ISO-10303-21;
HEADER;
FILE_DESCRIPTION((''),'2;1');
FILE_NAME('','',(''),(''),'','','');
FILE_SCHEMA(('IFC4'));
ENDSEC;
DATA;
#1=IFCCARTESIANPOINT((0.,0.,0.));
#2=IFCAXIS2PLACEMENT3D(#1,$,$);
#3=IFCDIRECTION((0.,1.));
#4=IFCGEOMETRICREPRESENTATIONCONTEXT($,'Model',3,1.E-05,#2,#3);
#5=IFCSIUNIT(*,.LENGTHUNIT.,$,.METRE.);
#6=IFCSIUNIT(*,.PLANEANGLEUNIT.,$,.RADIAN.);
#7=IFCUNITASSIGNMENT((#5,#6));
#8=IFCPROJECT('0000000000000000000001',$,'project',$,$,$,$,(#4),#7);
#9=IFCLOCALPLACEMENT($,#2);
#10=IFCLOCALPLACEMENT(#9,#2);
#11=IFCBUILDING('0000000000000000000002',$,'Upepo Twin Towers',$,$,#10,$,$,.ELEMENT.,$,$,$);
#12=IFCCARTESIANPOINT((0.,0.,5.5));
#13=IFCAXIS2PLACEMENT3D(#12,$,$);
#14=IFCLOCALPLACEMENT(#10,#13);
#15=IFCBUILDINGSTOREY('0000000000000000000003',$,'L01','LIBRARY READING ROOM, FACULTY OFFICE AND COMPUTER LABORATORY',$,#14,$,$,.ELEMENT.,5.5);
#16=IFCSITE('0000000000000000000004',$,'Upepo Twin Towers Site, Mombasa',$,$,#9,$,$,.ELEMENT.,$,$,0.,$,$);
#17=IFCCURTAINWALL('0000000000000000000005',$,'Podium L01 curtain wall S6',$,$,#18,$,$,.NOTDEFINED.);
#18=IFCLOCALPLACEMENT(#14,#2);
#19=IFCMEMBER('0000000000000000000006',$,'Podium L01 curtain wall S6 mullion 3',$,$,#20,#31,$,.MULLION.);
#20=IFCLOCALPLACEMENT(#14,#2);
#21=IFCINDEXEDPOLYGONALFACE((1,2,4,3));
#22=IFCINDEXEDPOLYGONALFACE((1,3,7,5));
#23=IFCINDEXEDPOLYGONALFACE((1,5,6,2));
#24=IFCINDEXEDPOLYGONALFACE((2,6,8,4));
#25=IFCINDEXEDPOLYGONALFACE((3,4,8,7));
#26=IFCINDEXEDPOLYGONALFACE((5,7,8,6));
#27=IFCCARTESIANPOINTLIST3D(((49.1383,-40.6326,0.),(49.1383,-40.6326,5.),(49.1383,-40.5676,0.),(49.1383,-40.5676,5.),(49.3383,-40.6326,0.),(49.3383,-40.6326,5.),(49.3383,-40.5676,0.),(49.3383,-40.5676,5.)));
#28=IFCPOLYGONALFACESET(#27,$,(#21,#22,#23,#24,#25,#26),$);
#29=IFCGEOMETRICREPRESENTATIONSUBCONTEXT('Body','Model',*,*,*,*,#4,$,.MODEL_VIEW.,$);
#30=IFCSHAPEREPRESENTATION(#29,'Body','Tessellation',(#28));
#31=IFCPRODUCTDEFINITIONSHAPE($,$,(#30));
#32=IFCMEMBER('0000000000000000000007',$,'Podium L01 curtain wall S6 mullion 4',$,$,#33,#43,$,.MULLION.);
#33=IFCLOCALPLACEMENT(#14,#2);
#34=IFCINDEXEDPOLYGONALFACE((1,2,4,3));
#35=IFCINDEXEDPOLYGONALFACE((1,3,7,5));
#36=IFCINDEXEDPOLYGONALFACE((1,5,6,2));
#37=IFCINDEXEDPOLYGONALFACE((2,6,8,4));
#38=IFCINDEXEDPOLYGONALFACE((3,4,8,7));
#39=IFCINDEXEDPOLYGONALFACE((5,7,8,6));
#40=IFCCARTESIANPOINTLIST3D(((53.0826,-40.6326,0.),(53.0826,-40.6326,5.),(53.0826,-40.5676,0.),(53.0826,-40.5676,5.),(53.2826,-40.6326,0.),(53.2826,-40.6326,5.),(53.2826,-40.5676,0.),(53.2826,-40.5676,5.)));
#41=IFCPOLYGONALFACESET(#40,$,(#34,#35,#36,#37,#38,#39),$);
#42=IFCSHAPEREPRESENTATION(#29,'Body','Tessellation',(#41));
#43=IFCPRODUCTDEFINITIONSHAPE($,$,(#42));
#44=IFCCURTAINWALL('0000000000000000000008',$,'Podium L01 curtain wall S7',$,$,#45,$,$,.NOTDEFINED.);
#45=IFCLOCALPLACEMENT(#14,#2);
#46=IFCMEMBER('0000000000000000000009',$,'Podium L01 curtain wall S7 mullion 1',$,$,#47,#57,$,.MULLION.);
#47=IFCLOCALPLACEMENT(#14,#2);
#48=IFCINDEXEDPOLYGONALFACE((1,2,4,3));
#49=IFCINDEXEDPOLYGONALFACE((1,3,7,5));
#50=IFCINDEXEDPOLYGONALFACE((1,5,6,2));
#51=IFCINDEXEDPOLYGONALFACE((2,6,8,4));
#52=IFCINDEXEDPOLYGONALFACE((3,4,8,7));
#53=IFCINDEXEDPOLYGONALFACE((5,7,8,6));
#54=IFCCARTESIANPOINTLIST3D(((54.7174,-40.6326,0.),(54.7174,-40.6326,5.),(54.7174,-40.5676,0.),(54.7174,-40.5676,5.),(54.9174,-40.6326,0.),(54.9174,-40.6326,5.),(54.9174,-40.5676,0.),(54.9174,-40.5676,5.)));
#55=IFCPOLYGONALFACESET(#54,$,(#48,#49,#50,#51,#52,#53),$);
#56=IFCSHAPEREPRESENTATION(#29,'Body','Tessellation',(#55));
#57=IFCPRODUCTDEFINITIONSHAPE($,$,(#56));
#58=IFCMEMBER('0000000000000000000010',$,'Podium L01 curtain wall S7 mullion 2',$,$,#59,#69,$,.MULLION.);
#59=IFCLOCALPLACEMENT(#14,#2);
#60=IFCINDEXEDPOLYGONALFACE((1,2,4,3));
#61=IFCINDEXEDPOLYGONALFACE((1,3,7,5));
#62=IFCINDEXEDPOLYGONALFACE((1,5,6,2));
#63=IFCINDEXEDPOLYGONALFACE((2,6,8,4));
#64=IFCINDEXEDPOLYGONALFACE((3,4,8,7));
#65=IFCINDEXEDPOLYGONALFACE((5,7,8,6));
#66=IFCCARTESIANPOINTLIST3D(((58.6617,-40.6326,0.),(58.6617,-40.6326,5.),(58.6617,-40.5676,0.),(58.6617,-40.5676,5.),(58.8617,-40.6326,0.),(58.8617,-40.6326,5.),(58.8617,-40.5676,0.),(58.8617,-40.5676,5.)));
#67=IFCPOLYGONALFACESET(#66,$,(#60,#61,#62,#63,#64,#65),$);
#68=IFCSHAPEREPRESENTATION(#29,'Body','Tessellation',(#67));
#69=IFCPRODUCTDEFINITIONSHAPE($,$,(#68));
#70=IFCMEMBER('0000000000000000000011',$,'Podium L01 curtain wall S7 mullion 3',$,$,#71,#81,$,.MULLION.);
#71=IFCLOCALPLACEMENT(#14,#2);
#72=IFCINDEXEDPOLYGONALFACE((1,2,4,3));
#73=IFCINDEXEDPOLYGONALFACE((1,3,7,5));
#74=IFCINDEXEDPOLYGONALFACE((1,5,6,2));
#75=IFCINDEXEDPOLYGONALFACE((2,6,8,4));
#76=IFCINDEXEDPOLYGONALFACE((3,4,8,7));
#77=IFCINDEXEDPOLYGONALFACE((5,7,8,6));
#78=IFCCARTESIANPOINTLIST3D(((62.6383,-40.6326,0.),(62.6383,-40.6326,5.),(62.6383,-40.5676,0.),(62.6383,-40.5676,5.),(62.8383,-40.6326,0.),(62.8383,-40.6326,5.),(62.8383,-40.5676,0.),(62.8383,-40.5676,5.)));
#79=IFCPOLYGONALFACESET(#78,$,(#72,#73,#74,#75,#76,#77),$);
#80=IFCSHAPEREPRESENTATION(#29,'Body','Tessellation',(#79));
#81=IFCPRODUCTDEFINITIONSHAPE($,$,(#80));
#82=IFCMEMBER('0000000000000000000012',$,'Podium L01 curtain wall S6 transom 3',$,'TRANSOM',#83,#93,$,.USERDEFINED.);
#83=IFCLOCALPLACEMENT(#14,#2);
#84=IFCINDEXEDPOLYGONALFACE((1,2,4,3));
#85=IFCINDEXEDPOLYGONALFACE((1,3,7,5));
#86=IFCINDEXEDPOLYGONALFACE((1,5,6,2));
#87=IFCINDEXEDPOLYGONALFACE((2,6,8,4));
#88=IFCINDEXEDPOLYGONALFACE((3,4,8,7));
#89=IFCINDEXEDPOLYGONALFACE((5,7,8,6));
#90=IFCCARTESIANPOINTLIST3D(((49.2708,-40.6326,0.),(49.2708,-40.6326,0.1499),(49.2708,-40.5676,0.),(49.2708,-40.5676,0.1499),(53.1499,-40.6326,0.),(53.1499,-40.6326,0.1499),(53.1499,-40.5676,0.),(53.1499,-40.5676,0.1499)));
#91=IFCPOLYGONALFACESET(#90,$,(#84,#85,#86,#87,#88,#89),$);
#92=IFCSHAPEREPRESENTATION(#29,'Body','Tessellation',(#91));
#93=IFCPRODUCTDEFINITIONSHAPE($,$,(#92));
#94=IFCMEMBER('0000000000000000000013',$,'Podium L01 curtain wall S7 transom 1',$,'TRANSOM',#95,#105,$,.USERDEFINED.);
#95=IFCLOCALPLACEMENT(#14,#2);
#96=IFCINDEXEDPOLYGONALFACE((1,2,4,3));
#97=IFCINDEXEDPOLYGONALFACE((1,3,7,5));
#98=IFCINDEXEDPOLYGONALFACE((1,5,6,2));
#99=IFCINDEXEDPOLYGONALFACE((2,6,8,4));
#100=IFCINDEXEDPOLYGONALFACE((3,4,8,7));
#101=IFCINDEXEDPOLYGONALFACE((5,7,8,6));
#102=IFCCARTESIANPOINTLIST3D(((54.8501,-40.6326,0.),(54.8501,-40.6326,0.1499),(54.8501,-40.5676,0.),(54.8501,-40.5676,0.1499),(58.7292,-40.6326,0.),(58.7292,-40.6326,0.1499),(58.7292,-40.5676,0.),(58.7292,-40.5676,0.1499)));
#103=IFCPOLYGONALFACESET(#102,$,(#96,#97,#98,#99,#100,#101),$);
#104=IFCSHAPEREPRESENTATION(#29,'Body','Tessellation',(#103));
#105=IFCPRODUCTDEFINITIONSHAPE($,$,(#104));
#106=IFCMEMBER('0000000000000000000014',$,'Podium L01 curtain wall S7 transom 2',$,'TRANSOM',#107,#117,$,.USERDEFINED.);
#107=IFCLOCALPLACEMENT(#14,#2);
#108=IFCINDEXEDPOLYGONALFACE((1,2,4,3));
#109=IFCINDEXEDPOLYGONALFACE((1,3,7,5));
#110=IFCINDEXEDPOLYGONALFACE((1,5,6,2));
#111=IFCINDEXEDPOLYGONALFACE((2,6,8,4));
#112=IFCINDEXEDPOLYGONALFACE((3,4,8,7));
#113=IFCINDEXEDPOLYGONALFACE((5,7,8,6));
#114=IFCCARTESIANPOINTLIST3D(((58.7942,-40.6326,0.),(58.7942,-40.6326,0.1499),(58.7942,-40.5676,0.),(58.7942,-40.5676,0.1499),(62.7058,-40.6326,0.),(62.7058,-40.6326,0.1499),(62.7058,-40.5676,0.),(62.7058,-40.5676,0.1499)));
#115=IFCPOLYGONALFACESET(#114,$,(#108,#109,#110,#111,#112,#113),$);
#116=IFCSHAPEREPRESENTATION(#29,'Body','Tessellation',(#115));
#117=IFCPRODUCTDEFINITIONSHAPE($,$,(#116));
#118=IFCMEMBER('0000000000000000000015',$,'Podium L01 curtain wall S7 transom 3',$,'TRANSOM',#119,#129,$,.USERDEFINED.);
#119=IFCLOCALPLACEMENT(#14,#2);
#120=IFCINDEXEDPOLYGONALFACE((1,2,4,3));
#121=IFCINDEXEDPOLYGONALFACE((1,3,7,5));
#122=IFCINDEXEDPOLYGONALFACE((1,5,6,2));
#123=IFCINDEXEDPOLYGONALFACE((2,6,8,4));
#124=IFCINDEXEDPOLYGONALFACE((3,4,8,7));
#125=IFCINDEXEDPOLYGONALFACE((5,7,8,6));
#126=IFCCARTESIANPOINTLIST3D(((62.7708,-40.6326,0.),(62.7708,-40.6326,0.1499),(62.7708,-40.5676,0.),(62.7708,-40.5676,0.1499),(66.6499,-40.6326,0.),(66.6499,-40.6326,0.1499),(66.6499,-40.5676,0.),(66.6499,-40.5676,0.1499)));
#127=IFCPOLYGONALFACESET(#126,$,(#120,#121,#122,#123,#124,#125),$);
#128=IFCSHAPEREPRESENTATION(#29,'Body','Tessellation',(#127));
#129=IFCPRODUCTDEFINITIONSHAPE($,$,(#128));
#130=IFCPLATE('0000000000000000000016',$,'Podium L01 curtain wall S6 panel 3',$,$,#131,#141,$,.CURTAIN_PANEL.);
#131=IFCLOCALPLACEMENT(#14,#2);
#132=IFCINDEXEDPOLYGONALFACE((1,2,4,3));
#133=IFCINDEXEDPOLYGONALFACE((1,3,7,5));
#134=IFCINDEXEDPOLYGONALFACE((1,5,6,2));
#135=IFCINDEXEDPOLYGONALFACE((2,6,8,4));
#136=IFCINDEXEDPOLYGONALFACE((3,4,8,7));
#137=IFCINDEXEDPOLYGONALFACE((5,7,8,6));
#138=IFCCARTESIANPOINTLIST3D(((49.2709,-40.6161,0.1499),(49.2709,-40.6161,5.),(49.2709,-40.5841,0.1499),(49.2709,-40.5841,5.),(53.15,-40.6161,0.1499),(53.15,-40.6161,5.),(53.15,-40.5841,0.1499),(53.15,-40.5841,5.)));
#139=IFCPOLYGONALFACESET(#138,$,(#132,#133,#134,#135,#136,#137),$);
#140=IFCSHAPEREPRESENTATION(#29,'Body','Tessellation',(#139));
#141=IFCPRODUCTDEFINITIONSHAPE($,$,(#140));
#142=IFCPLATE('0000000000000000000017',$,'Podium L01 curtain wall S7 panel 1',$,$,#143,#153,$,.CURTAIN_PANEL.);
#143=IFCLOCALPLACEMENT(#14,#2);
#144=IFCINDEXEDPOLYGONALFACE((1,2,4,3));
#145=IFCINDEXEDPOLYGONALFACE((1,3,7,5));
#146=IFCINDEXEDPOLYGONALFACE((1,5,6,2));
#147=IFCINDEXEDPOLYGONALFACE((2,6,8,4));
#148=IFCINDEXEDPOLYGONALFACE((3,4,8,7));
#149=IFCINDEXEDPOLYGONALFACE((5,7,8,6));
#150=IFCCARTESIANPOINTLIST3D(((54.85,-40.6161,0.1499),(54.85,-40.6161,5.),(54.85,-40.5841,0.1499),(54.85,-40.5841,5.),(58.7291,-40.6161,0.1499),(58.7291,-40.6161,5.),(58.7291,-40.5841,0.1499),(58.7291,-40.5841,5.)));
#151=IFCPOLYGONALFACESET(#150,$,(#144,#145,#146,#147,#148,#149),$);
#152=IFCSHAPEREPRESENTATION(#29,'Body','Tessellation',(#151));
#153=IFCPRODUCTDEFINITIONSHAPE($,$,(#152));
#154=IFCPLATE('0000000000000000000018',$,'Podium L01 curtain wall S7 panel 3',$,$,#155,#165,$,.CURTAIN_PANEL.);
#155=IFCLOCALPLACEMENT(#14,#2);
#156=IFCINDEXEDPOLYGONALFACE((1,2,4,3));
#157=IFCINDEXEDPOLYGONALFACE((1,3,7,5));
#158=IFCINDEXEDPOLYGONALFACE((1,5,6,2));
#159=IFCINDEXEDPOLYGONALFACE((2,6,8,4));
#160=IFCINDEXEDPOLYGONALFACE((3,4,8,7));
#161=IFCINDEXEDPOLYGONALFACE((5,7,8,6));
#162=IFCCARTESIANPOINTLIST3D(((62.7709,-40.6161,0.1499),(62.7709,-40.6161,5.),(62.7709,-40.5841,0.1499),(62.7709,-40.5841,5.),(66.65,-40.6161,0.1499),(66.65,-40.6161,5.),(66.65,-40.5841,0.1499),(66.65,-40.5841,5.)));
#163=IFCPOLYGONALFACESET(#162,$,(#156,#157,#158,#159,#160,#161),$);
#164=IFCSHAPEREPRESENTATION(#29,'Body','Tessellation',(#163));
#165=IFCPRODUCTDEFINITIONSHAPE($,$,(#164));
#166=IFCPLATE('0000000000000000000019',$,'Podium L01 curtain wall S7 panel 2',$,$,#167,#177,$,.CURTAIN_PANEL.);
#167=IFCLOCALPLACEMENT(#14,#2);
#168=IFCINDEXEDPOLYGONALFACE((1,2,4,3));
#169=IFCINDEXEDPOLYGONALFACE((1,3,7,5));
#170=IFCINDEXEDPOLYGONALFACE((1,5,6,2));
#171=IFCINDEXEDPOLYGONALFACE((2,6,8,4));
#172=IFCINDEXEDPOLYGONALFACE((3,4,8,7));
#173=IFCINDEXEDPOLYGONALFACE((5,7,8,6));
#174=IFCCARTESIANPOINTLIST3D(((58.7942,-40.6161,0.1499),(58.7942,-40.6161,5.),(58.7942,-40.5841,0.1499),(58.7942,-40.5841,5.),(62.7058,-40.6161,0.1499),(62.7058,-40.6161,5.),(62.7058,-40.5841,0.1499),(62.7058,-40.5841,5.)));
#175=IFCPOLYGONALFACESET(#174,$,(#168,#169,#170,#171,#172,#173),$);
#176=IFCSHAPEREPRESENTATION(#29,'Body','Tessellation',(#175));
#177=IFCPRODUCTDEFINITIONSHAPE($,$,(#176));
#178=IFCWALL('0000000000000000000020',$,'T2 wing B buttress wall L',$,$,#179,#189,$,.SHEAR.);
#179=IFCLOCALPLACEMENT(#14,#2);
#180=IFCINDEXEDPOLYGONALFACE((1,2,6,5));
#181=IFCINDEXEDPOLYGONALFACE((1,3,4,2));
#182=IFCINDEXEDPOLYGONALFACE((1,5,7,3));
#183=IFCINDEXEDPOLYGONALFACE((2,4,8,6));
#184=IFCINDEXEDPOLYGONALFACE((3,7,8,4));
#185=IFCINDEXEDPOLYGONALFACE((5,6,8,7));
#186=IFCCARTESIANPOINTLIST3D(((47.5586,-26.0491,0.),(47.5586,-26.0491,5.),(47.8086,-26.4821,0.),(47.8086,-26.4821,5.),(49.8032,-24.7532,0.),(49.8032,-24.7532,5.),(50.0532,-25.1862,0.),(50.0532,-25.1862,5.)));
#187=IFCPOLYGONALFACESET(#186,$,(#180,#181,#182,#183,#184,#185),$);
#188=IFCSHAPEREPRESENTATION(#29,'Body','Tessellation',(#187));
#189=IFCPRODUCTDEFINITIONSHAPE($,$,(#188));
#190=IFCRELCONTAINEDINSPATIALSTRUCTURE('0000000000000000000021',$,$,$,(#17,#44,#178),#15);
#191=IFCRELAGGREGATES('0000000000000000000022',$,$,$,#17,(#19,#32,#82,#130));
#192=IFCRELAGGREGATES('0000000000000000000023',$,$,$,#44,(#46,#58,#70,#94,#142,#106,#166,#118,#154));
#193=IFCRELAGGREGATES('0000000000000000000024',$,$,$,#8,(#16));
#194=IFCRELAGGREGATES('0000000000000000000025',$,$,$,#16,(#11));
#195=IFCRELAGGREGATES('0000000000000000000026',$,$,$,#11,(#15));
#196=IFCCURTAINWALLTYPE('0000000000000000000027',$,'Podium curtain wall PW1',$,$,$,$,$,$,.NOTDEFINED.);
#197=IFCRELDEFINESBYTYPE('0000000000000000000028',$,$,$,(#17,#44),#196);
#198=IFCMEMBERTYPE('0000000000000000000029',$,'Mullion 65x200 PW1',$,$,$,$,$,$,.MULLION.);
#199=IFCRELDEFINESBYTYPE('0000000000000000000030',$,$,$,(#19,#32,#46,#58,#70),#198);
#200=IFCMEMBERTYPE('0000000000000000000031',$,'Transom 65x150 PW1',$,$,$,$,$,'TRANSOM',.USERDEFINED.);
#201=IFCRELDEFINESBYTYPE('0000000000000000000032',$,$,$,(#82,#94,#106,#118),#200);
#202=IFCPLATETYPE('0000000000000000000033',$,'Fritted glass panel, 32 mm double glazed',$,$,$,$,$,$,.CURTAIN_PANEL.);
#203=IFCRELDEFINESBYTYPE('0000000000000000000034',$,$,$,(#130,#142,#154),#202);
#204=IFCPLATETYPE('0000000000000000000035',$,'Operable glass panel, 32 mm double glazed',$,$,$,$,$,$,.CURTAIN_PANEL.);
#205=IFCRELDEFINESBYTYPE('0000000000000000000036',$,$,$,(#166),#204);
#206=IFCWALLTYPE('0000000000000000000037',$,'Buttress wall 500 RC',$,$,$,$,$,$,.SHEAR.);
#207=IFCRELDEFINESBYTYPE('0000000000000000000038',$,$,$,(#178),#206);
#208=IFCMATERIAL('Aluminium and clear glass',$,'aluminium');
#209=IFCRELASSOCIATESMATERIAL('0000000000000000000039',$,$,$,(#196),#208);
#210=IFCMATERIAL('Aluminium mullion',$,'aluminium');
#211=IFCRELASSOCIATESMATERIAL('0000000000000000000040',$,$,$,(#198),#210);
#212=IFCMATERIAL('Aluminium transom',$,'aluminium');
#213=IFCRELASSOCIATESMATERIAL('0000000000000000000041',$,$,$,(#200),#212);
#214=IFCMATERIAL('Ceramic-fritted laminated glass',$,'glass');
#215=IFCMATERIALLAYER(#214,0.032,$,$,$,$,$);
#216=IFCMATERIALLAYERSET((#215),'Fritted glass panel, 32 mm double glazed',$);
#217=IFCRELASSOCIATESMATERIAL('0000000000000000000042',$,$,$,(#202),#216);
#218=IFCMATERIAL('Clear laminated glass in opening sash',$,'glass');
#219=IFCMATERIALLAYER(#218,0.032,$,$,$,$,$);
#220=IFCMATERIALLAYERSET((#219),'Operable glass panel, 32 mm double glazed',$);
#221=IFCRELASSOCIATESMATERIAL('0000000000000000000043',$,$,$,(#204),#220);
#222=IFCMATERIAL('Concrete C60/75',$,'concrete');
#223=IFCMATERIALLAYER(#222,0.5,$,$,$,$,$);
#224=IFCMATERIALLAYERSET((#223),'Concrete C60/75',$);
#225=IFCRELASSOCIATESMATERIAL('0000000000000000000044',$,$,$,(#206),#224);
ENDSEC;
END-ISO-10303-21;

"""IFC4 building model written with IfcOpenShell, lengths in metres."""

from ifc_helpers import new_model, si_unit, direction, frame, frame_2d, origin, origin_2d, place, context, subcontext, project, spatial, rectangle, extrude, material, layer, layer_set, material_profile, profile_set, type_object, element, aggregate, save


model = new_model("IFC4")

# Units and contexts
model_context = context("Model", 3, precision=1e-05, world=origin(), true_north=direction((0.0, 1.0)))
body_context = subcontext(model_context, "Body", "Model", "MODEL_VIEW")
ifc_project = project(units=[si_unit("LENGTHUNIT", "METRE"), si_unit("PLANEANGLEUNIT", "RADIAN")], contexts=[model_context])

# Site, building, storey
site_placement = place(None, origin())
site = spatial("IfcSite", under=ifc_project, at=site_placement, Name="Upepo Twin Towers Site, Mombasa", CompositionType="ELEMENT", RefElevation=0.0)
building_placement = place(site_placement, origin())
building = spatial("IfcBuilding", under=site, at=building_placement, Name="Upepo Twin Towers", CompositionType="ELEMENT")
storey_placement = place(building_placement, frame((0.0, 0.0, 5.5)))
storey = spatial("IfcBuildingStorey", under=building, at=storey_placement, Name="L01", Description="LIBRARY READING ROOM, FACULTY OFFICE AND COMPUTER LABORATORY", CompositionType="ELEMENT", Elevation=5.5)

# Curtain walls, members
ifc_material_1 = material(Name="Aluminium and clear glass", Category="aluminium")
curtain_wall_type = type_object("IfcCurtainWallType", Name="Podium curtain wall PW1", PredefinedType="NOTDEFINED", material=ifc_material_1)
curtain_wall_1_placement = place(storey_placement, origin())
curtain_wall_1 = element("IfcCurtainWall", 1, at=curtain_wall_1_placement, inside=storey, type_object=curtain_wall_type, Name="Podium L01 curtain wall S6", PredefinedType="NOTDEFINED")
ifc_material_2 = material(Name="Aluminium mullion", Category="aluminium")
ifc_material_profile_1 = material_profile(ifc_material_2, rectangle(XDim=0.0649, YDim=0.2, at=origin_2d()), Name="MULLION 65x200 PODIUM")
ifc_profile_set_1 = profile_set([ifc_material_profile_1], Name="Aluminium mullion")
member_type_1 = type_object("IfcMemberType", Name="Mullion 65x200 PW1", PredefinedType="MULLION", material=ifc_profile_set_1)
member_1_placement = place(storey_placement, frame((49.2383, -40.6001, 0.0), z_axis=(0.0, 0.0, 1.0), x_axis=(0.0, 1.0, 0.0)))
member_1 = element("IfcMember", 2, at=member_1_placement, type_object=member_type_1, Name="Podium L01 curtain wall S6 mullion 3", PredefinedType="MULLION", context=body_context, shape_type="SweptSolid", body=[
    extrude(rectangle(XDim=0.0649, YDim=0.2, at=origin_2d()), origin(), (0.0, 0.0, 1.0), 5.0),
])
member_2_placement = place(storey_placement, frame((53.1826, -40.6001, 0.0), z_axis=(0.0, 0.0, 1.0), x_axis=(0.0, 1.0, 0.0)))
member_2 = element("IfcMember", 3, at=member_2_placement, type_object=member_type_1, Name="Podium L01 curtain wall S6 mullion 4", PredefinedType="MULLION", context=body_context, shape_type="SweptSolid", body=[
    extrude(rectangle(XDim=0.0649, YDim=0.2, at=origin_2d()), origin(), (0.0, 0.0, 1.0), 5.0),
])
curtain_wall_2_placement = place(storey_placement, origin())
curtain_wall_2 = element("IfcCurtainWall", 4, at=curtain_wall_2_placement, inside=storey, type_object=curtain_wall_type, Name="Podium L01 curtain wall S7", PredefinedType="NOTDEFINED")
member_3_placement = place(storey_placement, frame((54.8174, -40.6001, 0.0), z_axis=(0.0, 0.0, 1.0), x_axis=(0.0, 1.0, 0.0)))
member_3 = element("IfcMember", 5, at=member_3_placement, type_object=member_type_1, Name="Podium L01 curtain wall S7 mullion 1", PredefinedType="MULLION", context=body_context, shape_type="SweptSolid", body=[
    extrude(rectangle(XDim=0.0649, YDim=0.2, at=origin_2d()), origin(), (0.0, 0.0, 1.0), 5.0),
])
member_4_placement = place(storey_placement, frame((58.7617, -40.6001, 0.0), z_axis=(0.0, 0.0, 1.0), x_axis=(0.0, 1.0, 0.0)))
member_4 = element("IfcMember", 6, at=member_4_placement, type_object=member_type_1, Name="Podium L01 curtain wall S7 mullion 2", PredefinedType="MULLION", context=body_context, shape_type="SweptSolid", body=[
    extrude(rectangle(XDim=0.0649, YDim=0.2, at=origin_2d()), origin(), (0.0, 0.0, 1.0), 5.0),
])
member_5_placement = place(storey_placement, frame((62.7383, -40.6001, 0.0), z_axis=(0.0, 0.0, 1.0), x_axis=(0.0, 1.0, 0.0)))
member_5 = element("IfcMember", 7, at=member_5_placement, type_object=member_type_1, Name="Podium L01 curtain wall S7 mullion 3", PredefinedType="MULLION", context=body_context, shape_type="SweptSolid", body=[
    extrude(rectangle(XDim=0.0649, YDim=0.2, at=origin_2d()), origin(), (0.0, 0.0, 1.0), 5.0),
])

# Members
ifc_material_3 = material(Name="Aluminium transom", Category="aluminium")
ifc_material_profile_2 = material_profile(ifc_material_3, rectangle(XDim=0.0649, YDim=0.1499, at=origin_2d()), Name="TRANSOM 65x150 PODIUM")
ifc_profile_set_2 = profile_set([ifc_material_profile_2], Name="Aluminium transom")
member_type_2 = type_object("IfcMemberType", Name="Transom 65x150 PW1", ElementType="TRANSOM", PredefinedType="USERDEFINED", material=ifc_profile_set_2)
member_6_placement = place(storey_placement, frame((49.2708, -40.6001, 0.075), z_axis=(1.0, 0.0, 0.0), x_axis=(0.0, 1.0, 0.0)))
member_6 = element("IfcMember", 8, at=member_6_placement, type_object=member_type_2, Name="Podium L01 curtain wall S6 transom 3", ObjectType="TRANSOM", PredefinedType="USERDEFINED", context=body_context, shape_type="SweptSolid", body=[
    extrude(rectangle(XDim=0.0649, YDim=0.1499, at=origin_2d()), origin(), (0.0, 0.0, 1.0), 3.8792),
])
member_7_placement = place(storey_placement, frame((54.8501, -40.6001, 0.075), z_axis=(1.0, 0.0, 0.0), x_axis=(0.0, 1.0, 0.0)))
member_7 = element("IfcMember", 9, at=member_7_placement, type_object=member_type_2, Name="Podium L01 curtain wall S7 transom 1", ObjectType="TRANSOM", PredefinedType="USERDEFINED", context=body_context, shape_type="SweptSolid", body=[
    extrude(rectangle(XDim=0.0649, YDim=0.1499, at=origin_2d()), origin(), (0.0, 0.0, 1.0), 3.8792),
])
member_8_placement = place(storey_placement, frame((58.7942, -40.6001, 0.075), z_axis=(1.0, 0.0, 0.0), x_axis=(0.0, 1.0, 0.0)))
member_8 = element("IfcMember", 10, at=member_8_placement, type_object=member_type_2, Name="Podium L01 curtain wall S7 transom 2", ObjectType="TRANSOM", PredefinedType="USERDEFINED", context=body_context, shape_type="SweptSolid", body=[
    extrude(rectangle(XDim=0.0649, YDim=0.1499, at=origin_2d()), origin(), (0.0, 0.0, 1.0), 3.9116),
])
member_9_placement = place(storey_placement, frame((62.7708, -40.6001, 0.075), z_axis=(1.0, 0.0, 0.0), x_axis=(0.0, 1.0, 0.0)))
member_9 = element("IfcMember", 11, at=member_9_placement, type_object=member_type_2, Name="Podium L01 curtain wall S7 transom 3", ObjectType="TRANSOM", PredefinedType="USERDEFINED", context=body_context, shape_type="SweptSolid", body=[
    extrude(rectangle(XDim=0.0649, YDim=0.1499, at=origin_2d()), origin(), (0.0, 0.0, 1.0), 3.8792),
])

# Plates
ifc_material_4 = material(Name="Ceramic-fritted laminated glass", Category="glass")
ifc_layer_1 = layer(ifc_material_4, 0.032)
ifc_layer_set_1 = layer_set([ifc_layer_1], Name="Fritted glass panel, 32 mm double glazed")
plate_type_1 = type_object("IfcPlateType", Name="Fritted glass panel, 32 mm double glazed", PredefinedType="CURTAIN_PANEL", material=ifc_layer_set_1)
plate_1_placement = place(storey_placement, frame((51.2104, -40.6001, 0.1499), z_axis=(0.0, 0.0, 1.0), x_axis=(1.0, 0.0, 0.0)))
plate_1 = element("IfcPlate", 12, at=plate_1_placement, type_object=plate_type_1, Name="Podium L01 curtain wall S6 panel 3", PredefinedType="CURTAIN_PANEL", context=body_context, shape_type="SweptSolid", body=[
    extrude(rectangle(XDim=3.8792, YDim=0.032, at=origin_2d()), origin(), (0.0, 0.0, 1.0), 4.8501),
])
aggregate(curtain_wall_1, [member_1, member_2, member_6, plate_1])
plate_2_placement = place(storey_placement, frame((56.7896, -40.6001, 0.1499), z_axis=(0.0, 0.0, 1.0), x_axis=(1.0, 0.0, 0.0)))
plate_2 = element("IfcPlate", 13, at=plate_2_placement, type_object=plate_type_1, Name="Podium L01 curtain wall S7 panel 1", PredefinedType="CURTAIN_PANEL", context=body_context, shape_type="SweptSolid", body=[
    extrude(rectangle(XDim=3.8792, YDim=0.032, at=origin_2d()), origin(), (0.0, 0.0, 1.0), 4.8501),
])
plate_3_placement = place(storey_placement, frame((64.7104, -40.6001, 0.1499), z_axis=(0.0, 0.0, 1.0), x_axis=(1.0, 0.0, 0.0)))
plate_3 = element("IfcPlate", 14, at=plate_3_placement, type_object=plate_type_1, Name="Podium L01 curtain wall S7 panel 3", PredefinedType="CURTAIN_PANEL", context=body_context, shape_type="SweptSolid", body=[
    extrude(rectangle(XDim=3.8792, YDim=0.032, at=origin_2d()), origin(), (0.0, 0.0, 1.0), 4.8501),
])
ifc_material_5 = material(Name="Clear laminated glass in opening sash", Category="glass")
ifc_layer_2 = layer(ifc_material_5, 0.032)
ifc_layer_set_2 = layer_set([ifc_layer_2], Name="Operable glass panel, 32 mm double glazed")
plate_type_2 = type_object("IfcPlateType", Name="Operable glass panel, 32 mm double glazed", PredefinedType="CURTAIN_PANEL", material=ifc_layer_set_2)
plate_4_placement = place(storey_placement, frame((60.75, -40.6001, 0.1499), z_axis=(0.0, 0.0, 1.0), x_axis=(1.0, 0.0, 0.0)))
plate_4 = element("IfcPlate", 15, at=plate_4_placement, type_object=plate_type_2, Name="Podium L01 curtain wall S7 panel 2", PredefinedType="CURTAIN_PANEL", context=body_context, shape_type="SweptSolid", body=[
    extrude(rectangle(XDim=3.9116, YDim=0.032, at=origin_2d()), origin(), (0.0, 0.0, 1.0), 4.8501),
])
aggregate(curtain_wall_2, [member_3, member_4, member_5, member_7, plate_2, member_8, plate_4, member_9, plate_3])

# Wall
ifc_material_6 = material(Name="Concrete C60/75", Category="concrete")
ifc_layer_3 = layer(ifc_material_6, 0.5)
ifc_layer_set_3 = layer_set([ifc_layer_3], Name="Concrete C60/75")
wall_type_1 = type_object("IfcWallType", Name="Buttress wall 500 RC", PredefinedType="SHEAR", material=ifc_layer_set_3)
wall_1_placement = place(storey_placement, frame((49.9282, -24.9697, 0.0), z_axis=(0.0, 0.0, 1.0), x_axis=(-0.866032, -0.499989, 0.0)))
element("IfcWall", 16, at=wall_1_placement, inside=storey, type_object=wall_type_1, Name="T2 wing B buttress wall L", PredefinedType="SHEAR", context=body_context, shape_type="SweptSolid", body=[
    extrude(rectangle(XDim=2.5918, YDim=0.5, at=frame_2d((1.2959, 0.0))), origin(), (0.0, 0.0, 1.0), 5.0),
])

save(model, "model.ifc")
